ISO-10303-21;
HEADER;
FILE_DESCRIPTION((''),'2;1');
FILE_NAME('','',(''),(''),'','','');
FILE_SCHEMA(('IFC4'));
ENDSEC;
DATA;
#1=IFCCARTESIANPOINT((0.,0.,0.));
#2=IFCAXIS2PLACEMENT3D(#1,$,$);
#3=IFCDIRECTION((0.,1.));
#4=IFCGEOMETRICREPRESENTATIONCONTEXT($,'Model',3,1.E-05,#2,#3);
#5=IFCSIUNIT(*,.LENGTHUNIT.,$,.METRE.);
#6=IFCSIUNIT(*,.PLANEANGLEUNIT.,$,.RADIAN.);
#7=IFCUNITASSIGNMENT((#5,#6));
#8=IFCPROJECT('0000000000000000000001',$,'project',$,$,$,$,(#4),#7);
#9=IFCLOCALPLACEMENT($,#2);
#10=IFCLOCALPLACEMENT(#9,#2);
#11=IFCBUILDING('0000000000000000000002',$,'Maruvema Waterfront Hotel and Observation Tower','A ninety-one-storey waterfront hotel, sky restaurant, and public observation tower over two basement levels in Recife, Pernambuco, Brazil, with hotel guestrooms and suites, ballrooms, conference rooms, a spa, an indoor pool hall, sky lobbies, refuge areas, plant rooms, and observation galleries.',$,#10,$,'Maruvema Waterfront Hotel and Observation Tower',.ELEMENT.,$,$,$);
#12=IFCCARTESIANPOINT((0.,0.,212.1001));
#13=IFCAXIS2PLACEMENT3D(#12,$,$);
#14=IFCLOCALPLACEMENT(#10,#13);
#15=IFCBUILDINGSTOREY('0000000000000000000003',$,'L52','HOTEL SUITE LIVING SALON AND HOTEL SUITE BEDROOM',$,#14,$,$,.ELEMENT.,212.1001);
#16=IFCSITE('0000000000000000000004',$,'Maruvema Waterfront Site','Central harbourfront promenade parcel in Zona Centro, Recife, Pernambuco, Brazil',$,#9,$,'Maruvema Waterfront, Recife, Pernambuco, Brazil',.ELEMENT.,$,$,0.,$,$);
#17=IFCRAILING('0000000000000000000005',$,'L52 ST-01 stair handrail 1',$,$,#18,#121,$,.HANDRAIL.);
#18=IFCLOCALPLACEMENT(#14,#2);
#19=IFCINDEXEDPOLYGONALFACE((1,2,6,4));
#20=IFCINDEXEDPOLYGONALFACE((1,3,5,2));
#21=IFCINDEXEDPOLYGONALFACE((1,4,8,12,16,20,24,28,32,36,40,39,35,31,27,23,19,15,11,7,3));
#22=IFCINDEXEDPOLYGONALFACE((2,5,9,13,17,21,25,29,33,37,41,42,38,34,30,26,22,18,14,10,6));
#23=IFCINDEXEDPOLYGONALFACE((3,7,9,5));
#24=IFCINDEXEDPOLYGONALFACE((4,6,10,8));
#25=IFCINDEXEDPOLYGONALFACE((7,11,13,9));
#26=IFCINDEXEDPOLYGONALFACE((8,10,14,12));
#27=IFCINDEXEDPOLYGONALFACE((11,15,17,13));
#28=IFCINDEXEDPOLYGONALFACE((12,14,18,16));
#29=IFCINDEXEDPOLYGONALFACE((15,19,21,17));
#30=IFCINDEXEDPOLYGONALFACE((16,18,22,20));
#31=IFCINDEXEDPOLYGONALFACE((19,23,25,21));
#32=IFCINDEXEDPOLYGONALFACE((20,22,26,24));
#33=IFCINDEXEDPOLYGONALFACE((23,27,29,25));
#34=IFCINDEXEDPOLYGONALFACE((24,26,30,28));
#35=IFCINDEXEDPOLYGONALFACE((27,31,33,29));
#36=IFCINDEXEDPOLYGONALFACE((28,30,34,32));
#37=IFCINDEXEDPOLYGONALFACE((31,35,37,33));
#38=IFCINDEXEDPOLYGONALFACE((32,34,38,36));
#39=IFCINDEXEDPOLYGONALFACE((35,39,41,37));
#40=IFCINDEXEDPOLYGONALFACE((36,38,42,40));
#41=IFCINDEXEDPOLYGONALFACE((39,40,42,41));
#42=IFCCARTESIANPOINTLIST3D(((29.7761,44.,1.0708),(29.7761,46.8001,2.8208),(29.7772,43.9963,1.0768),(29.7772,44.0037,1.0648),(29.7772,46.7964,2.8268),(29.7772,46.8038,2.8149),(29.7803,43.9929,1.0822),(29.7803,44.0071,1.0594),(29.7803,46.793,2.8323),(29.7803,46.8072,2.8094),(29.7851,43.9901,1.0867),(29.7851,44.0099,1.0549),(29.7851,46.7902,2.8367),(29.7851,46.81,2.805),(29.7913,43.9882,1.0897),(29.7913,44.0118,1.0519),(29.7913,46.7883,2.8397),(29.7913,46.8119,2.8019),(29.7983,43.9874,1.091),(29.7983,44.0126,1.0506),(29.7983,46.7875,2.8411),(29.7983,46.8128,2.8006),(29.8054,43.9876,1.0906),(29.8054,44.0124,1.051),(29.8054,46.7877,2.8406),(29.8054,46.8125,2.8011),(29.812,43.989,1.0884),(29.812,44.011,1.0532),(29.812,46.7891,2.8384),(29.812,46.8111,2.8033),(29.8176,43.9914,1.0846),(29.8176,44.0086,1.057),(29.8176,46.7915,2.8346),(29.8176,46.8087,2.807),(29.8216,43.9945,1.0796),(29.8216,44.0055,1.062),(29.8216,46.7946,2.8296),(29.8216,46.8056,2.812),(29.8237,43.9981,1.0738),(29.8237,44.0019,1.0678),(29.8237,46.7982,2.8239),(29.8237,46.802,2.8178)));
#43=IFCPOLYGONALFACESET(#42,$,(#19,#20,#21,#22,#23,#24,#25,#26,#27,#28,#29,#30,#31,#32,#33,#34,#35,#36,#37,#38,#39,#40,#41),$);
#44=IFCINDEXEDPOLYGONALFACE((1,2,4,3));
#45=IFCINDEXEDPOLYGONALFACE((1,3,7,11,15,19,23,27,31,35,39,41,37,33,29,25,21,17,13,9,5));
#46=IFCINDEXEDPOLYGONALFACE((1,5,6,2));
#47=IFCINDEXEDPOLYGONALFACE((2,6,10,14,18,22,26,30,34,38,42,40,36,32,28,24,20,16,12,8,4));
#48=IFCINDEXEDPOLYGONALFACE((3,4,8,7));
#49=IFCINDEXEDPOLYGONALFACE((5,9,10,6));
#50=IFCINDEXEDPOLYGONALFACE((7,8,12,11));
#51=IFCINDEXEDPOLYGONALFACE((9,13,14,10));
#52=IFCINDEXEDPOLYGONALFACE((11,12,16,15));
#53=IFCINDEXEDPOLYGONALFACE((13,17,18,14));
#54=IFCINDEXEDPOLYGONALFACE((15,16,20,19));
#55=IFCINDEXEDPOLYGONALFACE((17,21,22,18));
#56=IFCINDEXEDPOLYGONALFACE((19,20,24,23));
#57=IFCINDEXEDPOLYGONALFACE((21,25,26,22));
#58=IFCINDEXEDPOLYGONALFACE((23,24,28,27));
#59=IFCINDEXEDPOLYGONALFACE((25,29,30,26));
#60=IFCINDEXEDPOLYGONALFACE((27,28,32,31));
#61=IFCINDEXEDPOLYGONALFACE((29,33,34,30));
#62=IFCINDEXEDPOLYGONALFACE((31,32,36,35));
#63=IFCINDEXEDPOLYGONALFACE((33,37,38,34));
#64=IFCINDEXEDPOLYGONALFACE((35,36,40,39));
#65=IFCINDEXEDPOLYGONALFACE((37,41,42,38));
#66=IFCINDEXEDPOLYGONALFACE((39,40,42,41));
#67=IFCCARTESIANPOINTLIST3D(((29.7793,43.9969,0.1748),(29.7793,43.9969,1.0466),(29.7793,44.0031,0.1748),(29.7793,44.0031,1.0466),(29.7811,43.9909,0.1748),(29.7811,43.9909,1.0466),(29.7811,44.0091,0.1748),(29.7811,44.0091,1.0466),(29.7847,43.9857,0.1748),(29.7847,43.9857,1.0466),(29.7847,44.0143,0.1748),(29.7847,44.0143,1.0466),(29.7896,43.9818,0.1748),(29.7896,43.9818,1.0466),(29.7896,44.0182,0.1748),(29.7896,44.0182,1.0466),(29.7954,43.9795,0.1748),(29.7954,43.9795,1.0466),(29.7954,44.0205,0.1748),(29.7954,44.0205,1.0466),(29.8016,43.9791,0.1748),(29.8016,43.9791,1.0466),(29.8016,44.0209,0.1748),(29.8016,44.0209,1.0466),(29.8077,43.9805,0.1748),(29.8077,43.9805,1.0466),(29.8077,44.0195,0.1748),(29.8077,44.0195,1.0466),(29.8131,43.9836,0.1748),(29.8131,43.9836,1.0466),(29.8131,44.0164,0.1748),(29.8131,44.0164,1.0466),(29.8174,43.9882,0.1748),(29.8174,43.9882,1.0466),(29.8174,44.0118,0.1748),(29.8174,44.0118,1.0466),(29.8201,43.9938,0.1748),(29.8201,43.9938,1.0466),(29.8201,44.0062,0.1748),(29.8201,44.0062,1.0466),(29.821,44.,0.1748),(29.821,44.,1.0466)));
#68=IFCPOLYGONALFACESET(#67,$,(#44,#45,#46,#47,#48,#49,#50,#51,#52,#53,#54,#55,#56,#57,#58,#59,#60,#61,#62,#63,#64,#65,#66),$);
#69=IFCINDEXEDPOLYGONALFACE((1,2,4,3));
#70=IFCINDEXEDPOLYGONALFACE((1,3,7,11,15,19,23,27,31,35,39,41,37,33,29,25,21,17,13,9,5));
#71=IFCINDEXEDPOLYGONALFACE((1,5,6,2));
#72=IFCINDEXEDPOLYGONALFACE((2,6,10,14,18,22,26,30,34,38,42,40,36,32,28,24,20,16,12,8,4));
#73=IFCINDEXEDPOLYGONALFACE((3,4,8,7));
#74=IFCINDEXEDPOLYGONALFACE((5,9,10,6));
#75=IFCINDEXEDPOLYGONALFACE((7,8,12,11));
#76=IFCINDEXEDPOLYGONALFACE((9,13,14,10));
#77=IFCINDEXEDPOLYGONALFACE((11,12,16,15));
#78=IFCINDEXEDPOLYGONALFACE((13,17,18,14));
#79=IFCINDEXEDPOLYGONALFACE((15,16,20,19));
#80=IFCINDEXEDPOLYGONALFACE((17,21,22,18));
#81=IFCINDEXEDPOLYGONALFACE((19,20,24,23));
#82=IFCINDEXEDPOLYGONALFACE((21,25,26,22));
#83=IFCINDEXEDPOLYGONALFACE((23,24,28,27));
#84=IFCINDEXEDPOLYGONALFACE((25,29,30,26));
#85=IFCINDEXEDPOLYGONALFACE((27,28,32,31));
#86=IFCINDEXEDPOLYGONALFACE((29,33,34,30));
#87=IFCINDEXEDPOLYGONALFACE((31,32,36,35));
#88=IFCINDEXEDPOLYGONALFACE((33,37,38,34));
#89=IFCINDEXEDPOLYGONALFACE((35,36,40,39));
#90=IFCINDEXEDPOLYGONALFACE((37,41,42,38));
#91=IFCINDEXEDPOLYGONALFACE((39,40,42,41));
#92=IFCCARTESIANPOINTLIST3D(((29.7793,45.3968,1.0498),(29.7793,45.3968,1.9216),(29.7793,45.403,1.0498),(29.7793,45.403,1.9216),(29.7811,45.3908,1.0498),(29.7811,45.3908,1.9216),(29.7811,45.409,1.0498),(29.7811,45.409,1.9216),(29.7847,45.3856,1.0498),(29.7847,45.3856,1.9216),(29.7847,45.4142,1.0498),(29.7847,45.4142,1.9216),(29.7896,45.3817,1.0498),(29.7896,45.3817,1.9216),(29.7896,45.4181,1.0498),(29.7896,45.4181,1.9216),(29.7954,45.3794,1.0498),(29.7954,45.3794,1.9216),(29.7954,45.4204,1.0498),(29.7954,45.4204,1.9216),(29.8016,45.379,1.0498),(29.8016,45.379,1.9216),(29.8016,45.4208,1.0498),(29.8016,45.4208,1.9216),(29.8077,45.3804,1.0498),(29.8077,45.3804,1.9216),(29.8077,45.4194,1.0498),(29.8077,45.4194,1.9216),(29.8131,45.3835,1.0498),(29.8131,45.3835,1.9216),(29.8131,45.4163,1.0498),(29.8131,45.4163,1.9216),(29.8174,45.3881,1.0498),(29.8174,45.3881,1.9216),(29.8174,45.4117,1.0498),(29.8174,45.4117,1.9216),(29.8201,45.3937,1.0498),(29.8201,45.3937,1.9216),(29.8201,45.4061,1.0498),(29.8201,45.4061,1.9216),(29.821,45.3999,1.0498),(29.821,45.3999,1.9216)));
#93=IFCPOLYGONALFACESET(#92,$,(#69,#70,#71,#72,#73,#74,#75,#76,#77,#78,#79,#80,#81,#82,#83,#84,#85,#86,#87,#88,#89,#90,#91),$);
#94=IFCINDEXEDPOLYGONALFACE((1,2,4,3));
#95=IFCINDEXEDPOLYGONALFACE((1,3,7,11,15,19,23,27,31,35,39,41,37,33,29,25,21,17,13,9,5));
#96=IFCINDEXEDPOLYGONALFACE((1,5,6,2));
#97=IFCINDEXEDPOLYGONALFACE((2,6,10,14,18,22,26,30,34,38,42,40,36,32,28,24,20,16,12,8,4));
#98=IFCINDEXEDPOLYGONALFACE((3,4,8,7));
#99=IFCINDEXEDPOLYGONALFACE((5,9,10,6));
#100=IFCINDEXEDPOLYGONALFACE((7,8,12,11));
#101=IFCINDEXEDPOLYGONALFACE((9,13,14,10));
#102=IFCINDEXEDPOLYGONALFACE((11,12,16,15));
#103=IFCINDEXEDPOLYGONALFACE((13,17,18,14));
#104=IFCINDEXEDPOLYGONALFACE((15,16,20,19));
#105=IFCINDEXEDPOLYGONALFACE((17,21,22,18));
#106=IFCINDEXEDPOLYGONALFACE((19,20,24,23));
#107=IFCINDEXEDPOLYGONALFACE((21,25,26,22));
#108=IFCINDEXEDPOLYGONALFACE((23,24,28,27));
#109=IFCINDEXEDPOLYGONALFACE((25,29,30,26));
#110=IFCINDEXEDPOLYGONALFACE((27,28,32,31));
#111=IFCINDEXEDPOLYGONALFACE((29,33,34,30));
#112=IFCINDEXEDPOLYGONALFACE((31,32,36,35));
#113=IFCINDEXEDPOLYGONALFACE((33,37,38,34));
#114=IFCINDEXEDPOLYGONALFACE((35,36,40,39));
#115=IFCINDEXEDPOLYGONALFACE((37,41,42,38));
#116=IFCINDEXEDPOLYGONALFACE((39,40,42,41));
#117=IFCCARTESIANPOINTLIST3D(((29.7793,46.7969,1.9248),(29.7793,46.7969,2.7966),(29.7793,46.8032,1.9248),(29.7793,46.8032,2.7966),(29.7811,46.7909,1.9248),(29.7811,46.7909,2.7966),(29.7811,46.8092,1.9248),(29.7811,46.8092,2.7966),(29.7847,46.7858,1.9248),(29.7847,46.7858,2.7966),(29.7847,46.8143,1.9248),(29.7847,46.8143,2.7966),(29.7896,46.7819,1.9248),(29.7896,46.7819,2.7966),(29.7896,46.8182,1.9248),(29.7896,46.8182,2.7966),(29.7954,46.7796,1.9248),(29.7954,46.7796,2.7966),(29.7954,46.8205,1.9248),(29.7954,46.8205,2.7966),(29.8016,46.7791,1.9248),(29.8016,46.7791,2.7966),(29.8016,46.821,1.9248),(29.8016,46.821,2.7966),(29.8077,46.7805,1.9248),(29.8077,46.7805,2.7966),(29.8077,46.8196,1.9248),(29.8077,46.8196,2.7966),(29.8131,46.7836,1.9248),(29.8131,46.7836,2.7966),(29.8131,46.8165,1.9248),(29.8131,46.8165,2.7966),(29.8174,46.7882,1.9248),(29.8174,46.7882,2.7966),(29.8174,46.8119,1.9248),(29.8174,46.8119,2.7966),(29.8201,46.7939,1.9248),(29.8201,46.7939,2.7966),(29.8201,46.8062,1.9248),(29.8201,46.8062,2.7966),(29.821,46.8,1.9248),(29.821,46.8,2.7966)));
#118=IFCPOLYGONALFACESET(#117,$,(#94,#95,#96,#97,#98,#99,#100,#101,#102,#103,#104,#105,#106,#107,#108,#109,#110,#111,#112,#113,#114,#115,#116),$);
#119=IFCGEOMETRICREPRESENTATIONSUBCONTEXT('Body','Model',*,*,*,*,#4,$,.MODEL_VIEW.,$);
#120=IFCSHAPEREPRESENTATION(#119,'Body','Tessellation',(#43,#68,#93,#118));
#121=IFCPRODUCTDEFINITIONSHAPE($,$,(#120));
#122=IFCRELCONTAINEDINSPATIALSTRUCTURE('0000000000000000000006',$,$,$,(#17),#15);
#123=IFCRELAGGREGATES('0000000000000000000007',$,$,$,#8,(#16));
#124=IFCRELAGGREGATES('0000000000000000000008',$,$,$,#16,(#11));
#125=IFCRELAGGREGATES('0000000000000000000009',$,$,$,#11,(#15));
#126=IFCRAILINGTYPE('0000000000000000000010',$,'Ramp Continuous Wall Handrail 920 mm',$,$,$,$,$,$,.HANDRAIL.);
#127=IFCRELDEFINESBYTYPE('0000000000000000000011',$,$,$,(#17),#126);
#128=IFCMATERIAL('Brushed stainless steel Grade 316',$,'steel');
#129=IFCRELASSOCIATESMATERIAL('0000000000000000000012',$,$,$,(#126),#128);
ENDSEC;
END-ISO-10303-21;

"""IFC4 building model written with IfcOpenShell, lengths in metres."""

from ifc_helpers import new_model, si_unit, direction, frame, origin, origin_2d, place, context, subcontext, project, spatial, circle, extrude, material, type_object, element, save


model = new_model("IFC4")

# Units and contexts
model_context = context("Model", 3, precision=1e-05, world=origin(), true_north=direction((0.0, 1.0)))
body_context = subcontext(model_context, "Body", "Model", "MODEL_VIEW")
ifc_project = project(units=[si_unit("LENGTHUNIT", "METRE"), si_unit("PLANEANGLEUNIT", "RADIAN")], contexts=[model_context])

# Site, building, storey
site_placement = place(None, origin())
site = spatial("IfcSite", under=ifc_project, at=site_placement, Name="Maruvema Waterfront Site", Description="Central harbourfront promenade parcel in Zona Centro, Recife, Pernambuco, Brazil", LongName="Maruvema Waterfront, Recife, Pernambuco, Brazil", CompositionType="ELEMENT", RefElevation=0.0)
building_placement = place(site_placement, origin())
building = spatial("IfcBuilding", under=site, at=building_placement, Name="Maruvema Waterfront Hotel and Observation Tower", Description="A ninety-one-storey waterfront hotel, sky restaurant, and public observation tower over two basement levels in Recife, Pernambuco, Brazil, with hotel guestrooms and suites, ballrooms, conference rooms, a spa, an indoor pool hall, sky lobbies, refuge areas, plant rooms, and observation galleries.", LongName="Maruvema Waterfront Hotel and Observation Tower", CompositionType="ELEMENT")
storey_placement = place(building_placement, frame((0.0, 0.0, 212.1001)))
storey = spatial("IfcBuildingStorey", under=building, at=storey_placement, Name="L52", Description="HOTEL SUITE LIVING SALON AND HOTEL SUITE BEDROOM", CompositionType="ELEMENT", Elevation=212.1001)

# Railing
ifc_material_1 = material(Name="Brushed stainless steel Grade 316", Category="steel")
railing_type_1 = type_object("IfcRailingType", Name="Ramp Continuous Wall Handrail 920 mm", PredefinedType="HANDRAIL", material=ifc_material_1)
railing_1_placement = place(storey_placement, frame((29.8, 44.0, 0.1748)))
element("IfcRailing", 1, at=railing_1_placement, inside=storey, type_object=railing_type_1, Name="L52 ST-01 stair handrail 1", PredefinedType="HANDRAIL", context=body_context, shape_type="SweptSolid", body=[
    extrude(circle(Radius=0.0239, at=origin_2d()), frame((0.0, 0.0, 0.896), z_axis=(0.0, 0.848002, 0.529992), x_axis=(-1.0, 0.0, 0.0)), (0.0, 0.0, 1.0), 3.302),
    extrude(circle(Radius=0.021, at=origin_2d()), origin(), (0.0, 0.0, 1.0), 0.8718),
    extrude(circle(Radius=0.021, at=origin_2d()), frame((0.0, 1.3999, 0.875)), (0.0, 0.0, 1.0), 0.8718),
    extrude(circle(Radius=0.021, at=origin_2d()), frame((0.0, 2.8, 1.75)), (0.0, 0.0, 1.0), 0.8718),
])

save(model, "model.ifc")
